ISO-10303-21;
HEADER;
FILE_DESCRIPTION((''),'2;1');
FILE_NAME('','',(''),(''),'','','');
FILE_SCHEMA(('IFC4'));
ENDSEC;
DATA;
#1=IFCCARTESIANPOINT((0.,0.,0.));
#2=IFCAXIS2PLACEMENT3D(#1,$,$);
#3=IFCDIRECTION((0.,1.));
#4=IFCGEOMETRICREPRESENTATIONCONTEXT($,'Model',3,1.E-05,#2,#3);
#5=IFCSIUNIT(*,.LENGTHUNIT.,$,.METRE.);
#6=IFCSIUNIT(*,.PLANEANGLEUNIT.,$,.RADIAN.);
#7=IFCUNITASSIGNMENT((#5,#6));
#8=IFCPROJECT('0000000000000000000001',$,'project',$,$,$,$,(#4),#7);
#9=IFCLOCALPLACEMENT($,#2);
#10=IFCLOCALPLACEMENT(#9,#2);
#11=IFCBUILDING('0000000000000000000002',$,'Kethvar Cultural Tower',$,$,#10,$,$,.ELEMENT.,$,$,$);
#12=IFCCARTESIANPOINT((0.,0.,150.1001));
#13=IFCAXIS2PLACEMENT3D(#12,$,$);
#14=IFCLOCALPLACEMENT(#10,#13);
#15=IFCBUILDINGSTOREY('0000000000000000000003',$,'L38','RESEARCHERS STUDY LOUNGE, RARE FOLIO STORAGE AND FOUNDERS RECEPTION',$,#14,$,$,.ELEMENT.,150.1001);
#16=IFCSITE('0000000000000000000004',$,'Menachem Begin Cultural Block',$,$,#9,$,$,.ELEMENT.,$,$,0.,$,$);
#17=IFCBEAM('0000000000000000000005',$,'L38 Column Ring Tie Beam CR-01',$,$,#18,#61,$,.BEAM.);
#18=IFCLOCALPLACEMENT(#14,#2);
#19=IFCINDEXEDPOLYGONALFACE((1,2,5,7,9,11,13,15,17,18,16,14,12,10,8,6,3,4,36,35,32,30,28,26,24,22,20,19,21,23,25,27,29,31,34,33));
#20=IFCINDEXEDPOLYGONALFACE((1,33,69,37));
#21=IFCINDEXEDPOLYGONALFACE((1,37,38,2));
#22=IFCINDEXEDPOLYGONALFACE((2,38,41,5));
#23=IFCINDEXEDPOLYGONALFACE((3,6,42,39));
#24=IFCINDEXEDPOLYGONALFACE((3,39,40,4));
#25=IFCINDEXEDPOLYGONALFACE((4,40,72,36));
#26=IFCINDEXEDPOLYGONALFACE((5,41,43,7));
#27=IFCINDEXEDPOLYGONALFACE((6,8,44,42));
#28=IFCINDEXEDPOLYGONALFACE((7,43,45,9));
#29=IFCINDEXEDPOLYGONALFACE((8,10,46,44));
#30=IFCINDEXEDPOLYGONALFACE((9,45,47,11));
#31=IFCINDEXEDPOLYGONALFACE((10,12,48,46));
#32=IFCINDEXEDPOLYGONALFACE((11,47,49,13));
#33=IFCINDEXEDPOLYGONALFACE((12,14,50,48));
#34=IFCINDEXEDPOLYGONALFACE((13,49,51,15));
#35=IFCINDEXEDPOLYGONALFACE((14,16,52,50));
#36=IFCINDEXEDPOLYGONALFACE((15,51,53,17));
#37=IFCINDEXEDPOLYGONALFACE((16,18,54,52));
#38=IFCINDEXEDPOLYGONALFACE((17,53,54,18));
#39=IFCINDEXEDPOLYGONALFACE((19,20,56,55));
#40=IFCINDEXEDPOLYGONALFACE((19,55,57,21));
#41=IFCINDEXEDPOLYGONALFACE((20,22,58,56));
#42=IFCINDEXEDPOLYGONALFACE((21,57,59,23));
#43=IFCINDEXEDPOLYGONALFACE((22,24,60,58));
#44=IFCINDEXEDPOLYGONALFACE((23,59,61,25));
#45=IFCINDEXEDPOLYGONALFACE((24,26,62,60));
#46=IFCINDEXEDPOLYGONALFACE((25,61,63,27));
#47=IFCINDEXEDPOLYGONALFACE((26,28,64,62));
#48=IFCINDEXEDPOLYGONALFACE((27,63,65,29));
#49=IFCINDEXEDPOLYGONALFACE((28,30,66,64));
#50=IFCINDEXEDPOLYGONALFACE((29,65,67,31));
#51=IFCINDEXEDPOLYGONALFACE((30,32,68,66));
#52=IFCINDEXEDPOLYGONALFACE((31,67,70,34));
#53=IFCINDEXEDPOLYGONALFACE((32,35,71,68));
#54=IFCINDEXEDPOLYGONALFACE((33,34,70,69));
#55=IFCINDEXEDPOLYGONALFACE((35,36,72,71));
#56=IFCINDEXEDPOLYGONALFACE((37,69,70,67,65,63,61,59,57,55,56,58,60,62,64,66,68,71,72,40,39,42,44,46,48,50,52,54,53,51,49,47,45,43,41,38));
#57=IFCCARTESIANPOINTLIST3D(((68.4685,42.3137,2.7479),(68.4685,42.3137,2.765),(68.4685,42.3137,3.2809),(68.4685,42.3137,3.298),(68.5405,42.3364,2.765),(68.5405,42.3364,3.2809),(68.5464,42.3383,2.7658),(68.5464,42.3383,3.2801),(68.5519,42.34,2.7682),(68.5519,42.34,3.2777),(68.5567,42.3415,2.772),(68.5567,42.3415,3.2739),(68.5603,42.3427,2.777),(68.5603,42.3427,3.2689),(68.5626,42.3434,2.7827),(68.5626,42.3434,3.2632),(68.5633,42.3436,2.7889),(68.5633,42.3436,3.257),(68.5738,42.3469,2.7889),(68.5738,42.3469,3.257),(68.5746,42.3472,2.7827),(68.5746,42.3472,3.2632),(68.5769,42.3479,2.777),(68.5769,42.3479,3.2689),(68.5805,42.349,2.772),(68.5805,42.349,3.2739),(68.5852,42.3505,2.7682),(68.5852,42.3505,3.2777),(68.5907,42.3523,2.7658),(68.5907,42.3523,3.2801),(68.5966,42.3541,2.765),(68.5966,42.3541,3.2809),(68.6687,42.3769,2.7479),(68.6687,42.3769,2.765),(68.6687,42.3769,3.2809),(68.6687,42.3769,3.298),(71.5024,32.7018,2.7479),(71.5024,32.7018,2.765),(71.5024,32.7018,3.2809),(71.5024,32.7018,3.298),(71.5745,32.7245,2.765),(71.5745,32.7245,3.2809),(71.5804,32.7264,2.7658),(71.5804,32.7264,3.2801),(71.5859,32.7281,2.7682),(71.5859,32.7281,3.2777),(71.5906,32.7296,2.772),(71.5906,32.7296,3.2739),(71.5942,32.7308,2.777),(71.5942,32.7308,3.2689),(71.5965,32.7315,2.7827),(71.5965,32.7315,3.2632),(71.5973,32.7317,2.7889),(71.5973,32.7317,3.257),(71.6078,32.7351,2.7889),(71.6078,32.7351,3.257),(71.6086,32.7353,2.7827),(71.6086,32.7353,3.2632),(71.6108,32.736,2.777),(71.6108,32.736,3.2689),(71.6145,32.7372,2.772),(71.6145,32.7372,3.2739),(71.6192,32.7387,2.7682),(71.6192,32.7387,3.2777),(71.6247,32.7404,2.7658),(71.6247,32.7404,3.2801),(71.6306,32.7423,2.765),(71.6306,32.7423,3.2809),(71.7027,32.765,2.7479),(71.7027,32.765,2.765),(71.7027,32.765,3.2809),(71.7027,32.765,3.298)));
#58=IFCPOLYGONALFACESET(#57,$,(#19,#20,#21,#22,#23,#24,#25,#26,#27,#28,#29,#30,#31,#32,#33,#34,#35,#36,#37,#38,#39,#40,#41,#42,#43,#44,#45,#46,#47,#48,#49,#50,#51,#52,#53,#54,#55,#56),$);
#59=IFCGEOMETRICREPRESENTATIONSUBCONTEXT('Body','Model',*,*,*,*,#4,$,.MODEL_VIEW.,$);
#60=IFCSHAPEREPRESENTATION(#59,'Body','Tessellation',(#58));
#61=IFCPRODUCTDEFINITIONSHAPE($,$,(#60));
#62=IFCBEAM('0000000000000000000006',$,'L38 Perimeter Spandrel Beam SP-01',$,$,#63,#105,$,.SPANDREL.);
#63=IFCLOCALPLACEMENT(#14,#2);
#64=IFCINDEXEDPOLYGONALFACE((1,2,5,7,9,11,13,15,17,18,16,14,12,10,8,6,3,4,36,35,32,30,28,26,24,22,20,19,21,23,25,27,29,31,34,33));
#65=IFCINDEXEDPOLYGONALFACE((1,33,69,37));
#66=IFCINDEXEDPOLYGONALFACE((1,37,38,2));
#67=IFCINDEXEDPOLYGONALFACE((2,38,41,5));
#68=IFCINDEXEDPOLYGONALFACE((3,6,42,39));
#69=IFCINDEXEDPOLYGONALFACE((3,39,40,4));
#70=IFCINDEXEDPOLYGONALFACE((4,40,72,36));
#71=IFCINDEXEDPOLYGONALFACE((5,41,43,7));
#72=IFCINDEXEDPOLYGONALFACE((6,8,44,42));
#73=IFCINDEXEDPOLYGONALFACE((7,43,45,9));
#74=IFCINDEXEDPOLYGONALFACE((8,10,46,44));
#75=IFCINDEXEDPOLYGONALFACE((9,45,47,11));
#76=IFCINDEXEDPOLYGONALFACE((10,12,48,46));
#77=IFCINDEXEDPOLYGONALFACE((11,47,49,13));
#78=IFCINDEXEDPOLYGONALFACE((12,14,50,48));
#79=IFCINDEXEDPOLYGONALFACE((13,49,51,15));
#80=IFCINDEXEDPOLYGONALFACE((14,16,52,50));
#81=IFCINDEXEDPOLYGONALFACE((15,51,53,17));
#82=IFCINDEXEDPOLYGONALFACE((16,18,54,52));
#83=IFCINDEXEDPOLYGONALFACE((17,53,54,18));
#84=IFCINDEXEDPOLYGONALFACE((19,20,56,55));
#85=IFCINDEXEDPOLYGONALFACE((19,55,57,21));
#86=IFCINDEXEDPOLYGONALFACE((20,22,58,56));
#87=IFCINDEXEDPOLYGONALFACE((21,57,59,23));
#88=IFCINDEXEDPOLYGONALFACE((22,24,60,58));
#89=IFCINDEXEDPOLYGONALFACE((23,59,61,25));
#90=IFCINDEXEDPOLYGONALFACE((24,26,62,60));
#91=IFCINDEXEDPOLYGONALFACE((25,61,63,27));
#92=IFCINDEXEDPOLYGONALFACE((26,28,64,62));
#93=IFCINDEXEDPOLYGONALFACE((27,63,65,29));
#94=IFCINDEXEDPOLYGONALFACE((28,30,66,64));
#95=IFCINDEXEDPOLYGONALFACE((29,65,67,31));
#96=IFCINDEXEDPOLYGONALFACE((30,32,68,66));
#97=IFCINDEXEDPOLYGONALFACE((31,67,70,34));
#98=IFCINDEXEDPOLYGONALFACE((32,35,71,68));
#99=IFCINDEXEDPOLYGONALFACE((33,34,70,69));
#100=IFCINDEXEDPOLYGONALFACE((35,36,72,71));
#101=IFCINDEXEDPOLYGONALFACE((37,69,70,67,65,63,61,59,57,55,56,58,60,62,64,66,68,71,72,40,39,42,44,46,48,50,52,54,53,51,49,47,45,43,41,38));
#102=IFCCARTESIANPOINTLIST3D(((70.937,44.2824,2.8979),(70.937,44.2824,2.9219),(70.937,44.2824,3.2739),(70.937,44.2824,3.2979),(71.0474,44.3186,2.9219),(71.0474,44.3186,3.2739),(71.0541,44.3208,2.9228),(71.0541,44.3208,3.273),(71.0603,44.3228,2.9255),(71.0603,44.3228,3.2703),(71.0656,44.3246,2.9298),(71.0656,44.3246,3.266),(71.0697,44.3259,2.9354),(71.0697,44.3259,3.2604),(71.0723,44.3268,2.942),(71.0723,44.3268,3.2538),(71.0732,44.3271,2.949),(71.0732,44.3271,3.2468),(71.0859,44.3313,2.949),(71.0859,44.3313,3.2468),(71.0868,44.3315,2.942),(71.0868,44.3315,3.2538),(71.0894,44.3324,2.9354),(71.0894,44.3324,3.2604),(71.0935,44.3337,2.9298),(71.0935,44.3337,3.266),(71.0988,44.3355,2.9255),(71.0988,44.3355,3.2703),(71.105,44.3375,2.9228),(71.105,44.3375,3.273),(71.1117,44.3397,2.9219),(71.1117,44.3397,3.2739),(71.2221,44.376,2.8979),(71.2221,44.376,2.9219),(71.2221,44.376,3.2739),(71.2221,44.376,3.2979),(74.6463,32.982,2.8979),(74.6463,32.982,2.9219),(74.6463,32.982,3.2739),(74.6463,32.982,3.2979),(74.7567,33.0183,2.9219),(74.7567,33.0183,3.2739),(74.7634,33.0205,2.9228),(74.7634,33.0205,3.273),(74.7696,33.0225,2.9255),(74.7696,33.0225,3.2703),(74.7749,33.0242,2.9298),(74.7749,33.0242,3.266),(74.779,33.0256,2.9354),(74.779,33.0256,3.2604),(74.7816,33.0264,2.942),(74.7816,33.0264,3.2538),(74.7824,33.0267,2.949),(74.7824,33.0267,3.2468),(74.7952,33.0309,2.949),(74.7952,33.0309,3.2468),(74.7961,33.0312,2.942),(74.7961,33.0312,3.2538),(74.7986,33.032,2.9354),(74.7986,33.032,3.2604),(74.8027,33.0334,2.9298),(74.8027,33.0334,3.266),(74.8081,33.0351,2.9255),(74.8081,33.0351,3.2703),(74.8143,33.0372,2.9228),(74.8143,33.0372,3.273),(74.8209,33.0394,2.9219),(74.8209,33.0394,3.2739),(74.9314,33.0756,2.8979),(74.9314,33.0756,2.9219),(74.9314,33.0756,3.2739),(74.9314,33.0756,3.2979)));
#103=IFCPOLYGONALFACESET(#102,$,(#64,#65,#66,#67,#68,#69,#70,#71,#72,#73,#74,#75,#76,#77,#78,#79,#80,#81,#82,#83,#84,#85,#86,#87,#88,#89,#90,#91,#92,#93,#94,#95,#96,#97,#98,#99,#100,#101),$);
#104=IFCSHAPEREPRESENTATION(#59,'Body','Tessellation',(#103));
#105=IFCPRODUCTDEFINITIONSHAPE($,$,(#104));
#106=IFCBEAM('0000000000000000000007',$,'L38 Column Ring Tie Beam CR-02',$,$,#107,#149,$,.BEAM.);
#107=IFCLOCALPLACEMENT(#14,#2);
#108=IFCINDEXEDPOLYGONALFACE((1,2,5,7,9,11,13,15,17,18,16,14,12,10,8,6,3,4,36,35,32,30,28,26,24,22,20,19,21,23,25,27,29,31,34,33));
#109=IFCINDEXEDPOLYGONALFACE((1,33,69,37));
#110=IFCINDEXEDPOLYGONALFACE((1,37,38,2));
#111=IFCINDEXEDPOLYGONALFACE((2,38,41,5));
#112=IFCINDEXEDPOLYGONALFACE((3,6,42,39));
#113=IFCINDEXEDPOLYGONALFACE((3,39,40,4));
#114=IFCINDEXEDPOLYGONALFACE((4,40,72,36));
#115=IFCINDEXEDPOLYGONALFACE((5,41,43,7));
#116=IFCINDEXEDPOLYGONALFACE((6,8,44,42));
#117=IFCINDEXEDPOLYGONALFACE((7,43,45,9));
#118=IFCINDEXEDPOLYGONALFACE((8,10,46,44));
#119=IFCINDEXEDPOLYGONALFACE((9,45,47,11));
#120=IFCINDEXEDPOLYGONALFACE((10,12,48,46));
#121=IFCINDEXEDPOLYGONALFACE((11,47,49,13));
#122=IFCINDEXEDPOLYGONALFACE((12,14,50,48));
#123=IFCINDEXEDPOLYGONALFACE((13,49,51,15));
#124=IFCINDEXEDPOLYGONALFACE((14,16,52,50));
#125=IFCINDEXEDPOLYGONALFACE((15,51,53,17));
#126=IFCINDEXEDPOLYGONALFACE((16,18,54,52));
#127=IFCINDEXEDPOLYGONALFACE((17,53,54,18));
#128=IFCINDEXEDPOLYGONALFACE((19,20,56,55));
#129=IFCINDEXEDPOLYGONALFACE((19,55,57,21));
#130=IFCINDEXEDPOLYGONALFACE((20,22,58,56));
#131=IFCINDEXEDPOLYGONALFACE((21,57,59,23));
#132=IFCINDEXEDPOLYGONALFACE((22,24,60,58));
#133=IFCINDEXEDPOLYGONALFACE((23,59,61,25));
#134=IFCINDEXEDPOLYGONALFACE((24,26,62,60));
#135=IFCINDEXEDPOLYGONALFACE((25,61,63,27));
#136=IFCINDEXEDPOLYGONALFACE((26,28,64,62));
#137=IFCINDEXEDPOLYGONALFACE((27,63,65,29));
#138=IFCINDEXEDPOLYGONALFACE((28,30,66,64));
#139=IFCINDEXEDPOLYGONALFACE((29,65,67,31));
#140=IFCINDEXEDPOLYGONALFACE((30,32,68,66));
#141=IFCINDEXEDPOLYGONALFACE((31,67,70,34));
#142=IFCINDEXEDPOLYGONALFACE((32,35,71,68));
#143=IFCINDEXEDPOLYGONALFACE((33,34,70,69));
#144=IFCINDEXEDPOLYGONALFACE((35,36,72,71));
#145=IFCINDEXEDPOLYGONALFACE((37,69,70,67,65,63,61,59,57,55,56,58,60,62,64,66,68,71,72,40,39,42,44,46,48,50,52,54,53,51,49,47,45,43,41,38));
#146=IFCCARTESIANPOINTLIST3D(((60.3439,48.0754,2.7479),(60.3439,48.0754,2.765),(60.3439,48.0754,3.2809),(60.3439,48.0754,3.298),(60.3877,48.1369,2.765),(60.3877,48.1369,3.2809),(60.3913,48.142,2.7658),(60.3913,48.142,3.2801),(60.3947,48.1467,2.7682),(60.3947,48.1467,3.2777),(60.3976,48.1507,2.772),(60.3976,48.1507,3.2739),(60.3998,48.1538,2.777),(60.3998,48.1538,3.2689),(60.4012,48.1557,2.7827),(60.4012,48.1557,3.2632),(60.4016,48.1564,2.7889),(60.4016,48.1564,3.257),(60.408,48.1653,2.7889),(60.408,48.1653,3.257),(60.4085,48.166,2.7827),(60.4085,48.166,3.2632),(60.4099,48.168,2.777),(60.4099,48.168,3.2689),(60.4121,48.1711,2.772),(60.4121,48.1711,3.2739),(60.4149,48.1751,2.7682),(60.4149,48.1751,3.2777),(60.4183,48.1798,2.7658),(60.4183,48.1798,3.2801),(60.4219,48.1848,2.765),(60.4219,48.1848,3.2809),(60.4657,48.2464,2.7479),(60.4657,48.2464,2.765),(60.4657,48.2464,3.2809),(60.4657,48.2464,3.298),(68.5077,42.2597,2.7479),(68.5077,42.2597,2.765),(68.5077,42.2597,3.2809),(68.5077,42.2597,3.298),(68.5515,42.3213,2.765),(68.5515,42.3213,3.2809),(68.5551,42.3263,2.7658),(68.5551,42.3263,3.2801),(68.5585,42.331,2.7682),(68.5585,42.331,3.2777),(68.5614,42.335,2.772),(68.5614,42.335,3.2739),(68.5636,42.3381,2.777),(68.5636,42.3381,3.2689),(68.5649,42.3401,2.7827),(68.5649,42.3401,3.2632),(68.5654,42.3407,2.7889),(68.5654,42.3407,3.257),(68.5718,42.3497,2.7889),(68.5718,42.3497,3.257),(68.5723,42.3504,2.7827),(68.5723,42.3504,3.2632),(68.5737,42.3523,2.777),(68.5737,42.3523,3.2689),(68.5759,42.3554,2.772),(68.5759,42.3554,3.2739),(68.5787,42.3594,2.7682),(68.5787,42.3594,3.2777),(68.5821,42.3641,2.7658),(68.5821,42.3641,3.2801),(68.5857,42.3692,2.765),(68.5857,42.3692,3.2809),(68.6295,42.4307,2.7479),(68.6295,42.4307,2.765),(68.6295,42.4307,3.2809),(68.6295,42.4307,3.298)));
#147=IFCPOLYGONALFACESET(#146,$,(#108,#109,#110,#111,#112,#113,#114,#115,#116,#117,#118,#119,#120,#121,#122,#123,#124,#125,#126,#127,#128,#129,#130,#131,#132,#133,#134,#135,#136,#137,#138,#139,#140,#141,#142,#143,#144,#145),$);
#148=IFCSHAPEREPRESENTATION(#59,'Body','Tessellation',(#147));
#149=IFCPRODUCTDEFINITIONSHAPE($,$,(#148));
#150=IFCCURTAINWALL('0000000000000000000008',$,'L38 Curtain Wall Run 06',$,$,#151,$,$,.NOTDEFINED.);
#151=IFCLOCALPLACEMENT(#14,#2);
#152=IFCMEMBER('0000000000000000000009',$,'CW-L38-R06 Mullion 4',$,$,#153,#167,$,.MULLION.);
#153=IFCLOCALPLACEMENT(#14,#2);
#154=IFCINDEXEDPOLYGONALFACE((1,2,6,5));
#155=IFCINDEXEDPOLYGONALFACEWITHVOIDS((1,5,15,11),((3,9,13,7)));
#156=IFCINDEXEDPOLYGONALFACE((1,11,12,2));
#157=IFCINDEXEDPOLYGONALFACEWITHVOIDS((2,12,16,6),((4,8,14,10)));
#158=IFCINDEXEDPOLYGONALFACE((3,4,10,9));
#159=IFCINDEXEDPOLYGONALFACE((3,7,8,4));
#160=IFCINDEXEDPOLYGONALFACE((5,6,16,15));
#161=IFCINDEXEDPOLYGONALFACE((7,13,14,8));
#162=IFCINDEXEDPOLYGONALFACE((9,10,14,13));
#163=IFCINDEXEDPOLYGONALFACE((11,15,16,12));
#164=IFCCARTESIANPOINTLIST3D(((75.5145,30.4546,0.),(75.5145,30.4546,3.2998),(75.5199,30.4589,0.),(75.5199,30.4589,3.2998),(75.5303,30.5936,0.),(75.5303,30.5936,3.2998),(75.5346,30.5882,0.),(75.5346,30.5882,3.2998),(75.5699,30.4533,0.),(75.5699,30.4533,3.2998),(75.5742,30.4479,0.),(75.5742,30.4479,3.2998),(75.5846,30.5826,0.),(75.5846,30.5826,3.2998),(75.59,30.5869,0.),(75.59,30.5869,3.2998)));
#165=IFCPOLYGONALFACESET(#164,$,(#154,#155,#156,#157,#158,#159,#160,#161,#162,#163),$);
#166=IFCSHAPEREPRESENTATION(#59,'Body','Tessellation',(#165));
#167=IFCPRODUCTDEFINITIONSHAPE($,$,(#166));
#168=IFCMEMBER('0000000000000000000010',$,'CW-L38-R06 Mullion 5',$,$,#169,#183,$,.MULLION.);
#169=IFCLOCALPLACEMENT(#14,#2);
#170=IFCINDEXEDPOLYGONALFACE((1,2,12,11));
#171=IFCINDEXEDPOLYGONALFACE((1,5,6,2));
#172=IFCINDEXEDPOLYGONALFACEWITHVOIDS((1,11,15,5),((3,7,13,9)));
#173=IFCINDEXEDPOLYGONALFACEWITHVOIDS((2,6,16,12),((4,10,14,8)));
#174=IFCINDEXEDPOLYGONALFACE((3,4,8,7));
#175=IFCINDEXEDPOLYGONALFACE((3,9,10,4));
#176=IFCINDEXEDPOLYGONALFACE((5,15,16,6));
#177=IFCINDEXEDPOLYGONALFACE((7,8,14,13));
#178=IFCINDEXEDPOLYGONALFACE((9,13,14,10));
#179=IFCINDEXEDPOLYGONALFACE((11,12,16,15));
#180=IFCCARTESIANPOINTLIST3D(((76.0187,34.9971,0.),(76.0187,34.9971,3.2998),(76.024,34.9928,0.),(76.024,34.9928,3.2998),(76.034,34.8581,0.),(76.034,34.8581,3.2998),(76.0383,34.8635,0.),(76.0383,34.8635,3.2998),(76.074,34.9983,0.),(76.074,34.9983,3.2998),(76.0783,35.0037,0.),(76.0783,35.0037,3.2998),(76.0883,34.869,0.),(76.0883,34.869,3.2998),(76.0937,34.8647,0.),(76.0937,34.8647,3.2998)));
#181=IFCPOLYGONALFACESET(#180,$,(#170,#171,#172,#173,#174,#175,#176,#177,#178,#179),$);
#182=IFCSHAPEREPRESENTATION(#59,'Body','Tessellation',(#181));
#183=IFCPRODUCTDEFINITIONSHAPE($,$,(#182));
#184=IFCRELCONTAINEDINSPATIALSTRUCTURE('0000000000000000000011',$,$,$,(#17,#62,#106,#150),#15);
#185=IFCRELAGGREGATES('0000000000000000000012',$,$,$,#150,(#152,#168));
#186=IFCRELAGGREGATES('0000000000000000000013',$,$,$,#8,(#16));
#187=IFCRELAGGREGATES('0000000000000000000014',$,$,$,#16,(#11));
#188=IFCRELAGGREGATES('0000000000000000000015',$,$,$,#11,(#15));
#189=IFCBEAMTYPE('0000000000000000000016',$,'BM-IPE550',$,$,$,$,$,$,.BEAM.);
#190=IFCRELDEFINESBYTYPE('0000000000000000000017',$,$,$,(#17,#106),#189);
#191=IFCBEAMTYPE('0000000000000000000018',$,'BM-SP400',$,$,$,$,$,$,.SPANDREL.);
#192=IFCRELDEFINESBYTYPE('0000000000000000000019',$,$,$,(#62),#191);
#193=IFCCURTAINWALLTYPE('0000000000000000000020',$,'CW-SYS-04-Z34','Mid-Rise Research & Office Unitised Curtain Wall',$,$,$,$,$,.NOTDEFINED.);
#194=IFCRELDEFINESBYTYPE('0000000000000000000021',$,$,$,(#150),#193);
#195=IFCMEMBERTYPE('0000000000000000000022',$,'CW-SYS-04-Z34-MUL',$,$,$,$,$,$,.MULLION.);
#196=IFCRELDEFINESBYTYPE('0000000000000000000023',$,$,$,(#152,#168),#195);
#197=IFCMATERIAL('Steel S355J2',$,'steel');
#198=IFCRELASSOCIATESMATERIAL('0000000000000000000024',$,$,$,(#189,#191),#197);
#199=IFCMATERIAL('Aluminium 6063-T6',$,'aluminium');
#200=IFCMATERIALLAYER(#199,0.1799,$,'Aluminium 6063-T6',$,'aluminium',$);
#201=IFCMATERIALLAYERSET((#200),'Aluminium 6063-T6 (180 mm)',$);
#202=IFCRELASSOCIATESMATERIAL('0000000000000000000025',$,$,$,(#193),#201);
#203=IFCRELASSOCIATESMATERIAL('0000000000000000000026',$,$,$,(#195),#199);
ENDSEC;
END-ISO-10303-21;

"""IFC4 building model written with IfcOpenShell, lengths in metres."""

from ifc_helpers import new_model, si_unit, direction, frame, origin, origin_2d, place, context, subcontext, project, spatial, hollow_rectangle, i_section, extrude, source, transform, mapped, material, layer, layer_set, material_profile, profile_set, type_object, element, aggregate, save


model = new_model("IFC4")

# Units and contexts
model_context = context("Model", 3, precision=1e-05, world=origin(), true_north=direction((0.0, 1.0)))
body_context = subcontext(model_context, "Body", "Model", "MODEL_VIEW")
ifc_project = project(units=[si_unit("LENGTHUNIT", "METRE"), si_unit("PLANEANGLEUNIT", "RADIAN")], contexts=[model_context])

# Site, building, storey
site_placement = place(None, origin())
site = spatial("IfcSite", under=ifc_project, at=site_placement, Name="Menachem Begin Cultural Block", CompositionType="ELEMENT", RefElevation=0.0)
building_placement = place(site_placement, origin())
building = spatial("IfcBuilding", under=site, at=building_placement, Name="Kethvar Cultural Tower", CompositionType="ELEMENT")
storey_placement = place(building_placement, frame((0.0, 0.0, 150.1001)))
storey = spatial("IfcBuildingStorey", under=building, at=storey_placement, Name="L38", Description="RESEARCHERS STUDY LOUNGE, RARE FOLIO STORAGE AND FOUNDERS RECEPTION", CompositionType="ELEMENT", Elevation=150.1001)

# Beams
ifc_material_1 = material(Name="Steel S355J2", Category="steel")
ifc_material_profile_1 = material_profile(ifc_material_1, i_section(OverallWidth=0.21, OverallDepth=0.55, WebThickness=0.011, FlangeThickness=0.0171, FilletRadius=0.0239, at=origin_2d()), Name="Steel S355J2 — IPE550")
ifc_profile_set_1 = profile_set([ifc_material_profile_1], Name="Steel S355J2 — IPE550")
beam_type_1 = type_object("IfcBeamType", Name="BM-IPE550", PredefinedType="BEAM", material=ifc_profile_set_1)
shared_shape_1 = source(origin(), body_context, "Body", "SweptSolid", [
    extrude(i_section(OverallWidth=0.21, OverallDepth=0.55, WebThickness=0.011, FlangeThickness=0.0171, FilletRadius=0.0239, at=origin_2d()), origin(), (0.0, 0.0, 1.0), 10.0793),
])
beam_1_placement = place(storey_placement, frame((71.6025, 32.7334, 3.0229), z_axis=(-0.301007, 0.953622, 0.0), x_axis=(-0.953622, -0.301007, 0.0)))
element("IfcBeam", 1, at=beam_1_placement, inside=storey, type_object=beam_type_1, Name="L38 Column Ring Tie Beam CR-01", PredefinedType="BEAM", context=body_context, shape_type="MappedRepresentation", body=[
    mapped(shared_shape_1, transform((0.0, 0.0, 0.0), scale=1.0)),
])
ifc_material_profile_2 = material_profile(ifc_material_1, i_section(OverallWidth=0.3, OverallDepth=0.3999, WebThickness=0.0134, FlangeThickness=0.0239, FilletRadius=0.0271, at=origin_2d()), Name="Steel S355J2 — HEB400")
ifc_profile_set_2 = profile_set([ifc_material_profile_2], Name="Steel S355J2 — HEB400")
beam_type_2 = type_object("IfcBeamType", Name="BM-SP400", PredefinedType="SPANDREL", material=ifc_profile_set_2)
shared_shape_2 = source(origin(), body_context, "Body", "SweptSolid", [
    extrude(i_section(OverallWidth=0.3, OverallDepth=0.3999, WebThickness=0.0134, FlangeThickness=0.0239, FilletRadius=0.0271, at=origin_2d()), origin(), (0.0, 0.0, 1.0), 11.8936),
])
beam_2_placement = place(storey_placement, frame((74.7888, 33.0288, 3.0979), z_axis=(-0.311871, 0.950125, 0.0), x_axis=(-0.950125, -0.311871, 0.0)))
element("IfcBeam", 2, at=beam_2_placement, inside=storey, type_object=beam_type_2, Name="L38 Perimeter Spandrel Beam SP-01", PredefinedType="SPANDREL", context=body_context, shape_type="MappedRepresentation", body=[
    mapped(shared_shape_2, transform((0.0, 0.0, 0.0), scale=1.0)),
])
shared_shape_3 = source(origin(), body_context, "Body", "SweptSolid", [
    extrude(i_section(OverallWidth=0.21, OverallDepth=0.55, WebThickness=0.011, FlangeThickness=0.0171, FilletRadius=0.0239, at=origin_2d()), origin(), (0.0, 0.0, 1.0), 10.0234),
])
beam_3_placement = place(storey_placement, frame((68.5686, 42.3452, 3.0229), z_axis=(-0.81447, 0.580206, 0.0), x_axis=(-0.580206, -0.81447, 0.0)))
element("IfcBeam", 3, at=beam_3_placement, inside=storey, type_object=beam_type_1, Name="L38 Column Ring Tie Beam CR-02", PredefinedType="BEAM", context=body_context, shape_type="MappedRepresentation", body=[
    mapped(shared_shape_3, transform((0.0, 0.0, 0.0), scale=1.0)),
])

# Curtain wall, members
ifc_material_2 = material(Name="Aluminium 6063-T6", Category="aluminium")
ifc_layer_1 = layer(ifc_material_2, 0.1799, Name="Aluminium 6063-T6", Category="aluminium")
ifc_layer_set_1 = layer_set([ifc_layer_1], Name="Aluminium 6063-T6 (180 mm)")
curtain_wall_type = type_object("IfcCurtainWallType", Name="CW-SYS-04-Z34", Description="Mid-Rise Research & Office Unitised Curtain Wall", PredefinedType="NOTDEFINED", material=ifc_layer_set_1)
curtain_wall_placement = place(storey_placement, origin())
curtain_wall = element("IfcCurtainWall", 4, at=curtain_wall_placement, inside=storey, type_object=curtain_wall_type, Name="L38 Curtain Wall Run 06", PredefinedType="NOTDEFINED")
ifc_material_profile_3 = material_profile(ifc_material_2, hollow_rectangle(XDim=0.0601, YDim=0.1399, WallThickness=0.0049, at=origin_2d()), Name="Aluminium 6063-T6 — RHS140x60x5")
ifc_profile_set_3 = profile_set([ifc_material_profile_3], Name="Aluminium 6063-T6 — RHS140x60x5")
member_type_1 = type_object("IfcMemberType", Name="CW-SYS-04-Z34-MUL", PredefinedType="MULLION", material=ifc_profile_set_3)
shared_shape_4 = source(origin(), body_context, "Body", "SweptSolid", [
    extrude(hollow_rectangle(XDim=0.0601, YDim=0.1399, WallThickness=0.0049, at=origin_2d()), origin(), (0.0, 0.0, 1.0), 3.2998),
])
member_1_placement = place(storey_placement, frame((75.5522, 30.5208, 0.0), z_axis=(0.0, 0.0, 1.0), x_axis=(-0.993603, 0.112926, 0.0)))
member_1 = element("IfcMember", 5, at=member_1_placement, type_object=member_type_1, Name="CW-L38-R06 Mullion 4", PredefinedType="MULLION", context=body_context, shape_type="MappedRepresentation", body=[
    mapped(shared_shape_4, transform((0.0, 0.0, 0.0), scale=1.0)),
])
member_2_placement = place(storey_placement, frame((76.0562, 34.9309, 0.0), z_axis=(0.0, 0.0, 1.0), x_axis=(-0.993997, -0.109405, 0.0)))
member_2 = element("IfcMember", 6, at=member_2_placement, type_object=member_type_1, Name="CW-L38-R06 Mullion 5", PredefinedType="MULLION", context=body_context, shape_type="MappedRepresentation", body=[
    mapped(shared_shape_4, transform((0.0, 0.0, 0.0), scale=1.0)),
])
aggregate(curtain_wall, [member_1, member_2])

save(model, "model.ifc")
